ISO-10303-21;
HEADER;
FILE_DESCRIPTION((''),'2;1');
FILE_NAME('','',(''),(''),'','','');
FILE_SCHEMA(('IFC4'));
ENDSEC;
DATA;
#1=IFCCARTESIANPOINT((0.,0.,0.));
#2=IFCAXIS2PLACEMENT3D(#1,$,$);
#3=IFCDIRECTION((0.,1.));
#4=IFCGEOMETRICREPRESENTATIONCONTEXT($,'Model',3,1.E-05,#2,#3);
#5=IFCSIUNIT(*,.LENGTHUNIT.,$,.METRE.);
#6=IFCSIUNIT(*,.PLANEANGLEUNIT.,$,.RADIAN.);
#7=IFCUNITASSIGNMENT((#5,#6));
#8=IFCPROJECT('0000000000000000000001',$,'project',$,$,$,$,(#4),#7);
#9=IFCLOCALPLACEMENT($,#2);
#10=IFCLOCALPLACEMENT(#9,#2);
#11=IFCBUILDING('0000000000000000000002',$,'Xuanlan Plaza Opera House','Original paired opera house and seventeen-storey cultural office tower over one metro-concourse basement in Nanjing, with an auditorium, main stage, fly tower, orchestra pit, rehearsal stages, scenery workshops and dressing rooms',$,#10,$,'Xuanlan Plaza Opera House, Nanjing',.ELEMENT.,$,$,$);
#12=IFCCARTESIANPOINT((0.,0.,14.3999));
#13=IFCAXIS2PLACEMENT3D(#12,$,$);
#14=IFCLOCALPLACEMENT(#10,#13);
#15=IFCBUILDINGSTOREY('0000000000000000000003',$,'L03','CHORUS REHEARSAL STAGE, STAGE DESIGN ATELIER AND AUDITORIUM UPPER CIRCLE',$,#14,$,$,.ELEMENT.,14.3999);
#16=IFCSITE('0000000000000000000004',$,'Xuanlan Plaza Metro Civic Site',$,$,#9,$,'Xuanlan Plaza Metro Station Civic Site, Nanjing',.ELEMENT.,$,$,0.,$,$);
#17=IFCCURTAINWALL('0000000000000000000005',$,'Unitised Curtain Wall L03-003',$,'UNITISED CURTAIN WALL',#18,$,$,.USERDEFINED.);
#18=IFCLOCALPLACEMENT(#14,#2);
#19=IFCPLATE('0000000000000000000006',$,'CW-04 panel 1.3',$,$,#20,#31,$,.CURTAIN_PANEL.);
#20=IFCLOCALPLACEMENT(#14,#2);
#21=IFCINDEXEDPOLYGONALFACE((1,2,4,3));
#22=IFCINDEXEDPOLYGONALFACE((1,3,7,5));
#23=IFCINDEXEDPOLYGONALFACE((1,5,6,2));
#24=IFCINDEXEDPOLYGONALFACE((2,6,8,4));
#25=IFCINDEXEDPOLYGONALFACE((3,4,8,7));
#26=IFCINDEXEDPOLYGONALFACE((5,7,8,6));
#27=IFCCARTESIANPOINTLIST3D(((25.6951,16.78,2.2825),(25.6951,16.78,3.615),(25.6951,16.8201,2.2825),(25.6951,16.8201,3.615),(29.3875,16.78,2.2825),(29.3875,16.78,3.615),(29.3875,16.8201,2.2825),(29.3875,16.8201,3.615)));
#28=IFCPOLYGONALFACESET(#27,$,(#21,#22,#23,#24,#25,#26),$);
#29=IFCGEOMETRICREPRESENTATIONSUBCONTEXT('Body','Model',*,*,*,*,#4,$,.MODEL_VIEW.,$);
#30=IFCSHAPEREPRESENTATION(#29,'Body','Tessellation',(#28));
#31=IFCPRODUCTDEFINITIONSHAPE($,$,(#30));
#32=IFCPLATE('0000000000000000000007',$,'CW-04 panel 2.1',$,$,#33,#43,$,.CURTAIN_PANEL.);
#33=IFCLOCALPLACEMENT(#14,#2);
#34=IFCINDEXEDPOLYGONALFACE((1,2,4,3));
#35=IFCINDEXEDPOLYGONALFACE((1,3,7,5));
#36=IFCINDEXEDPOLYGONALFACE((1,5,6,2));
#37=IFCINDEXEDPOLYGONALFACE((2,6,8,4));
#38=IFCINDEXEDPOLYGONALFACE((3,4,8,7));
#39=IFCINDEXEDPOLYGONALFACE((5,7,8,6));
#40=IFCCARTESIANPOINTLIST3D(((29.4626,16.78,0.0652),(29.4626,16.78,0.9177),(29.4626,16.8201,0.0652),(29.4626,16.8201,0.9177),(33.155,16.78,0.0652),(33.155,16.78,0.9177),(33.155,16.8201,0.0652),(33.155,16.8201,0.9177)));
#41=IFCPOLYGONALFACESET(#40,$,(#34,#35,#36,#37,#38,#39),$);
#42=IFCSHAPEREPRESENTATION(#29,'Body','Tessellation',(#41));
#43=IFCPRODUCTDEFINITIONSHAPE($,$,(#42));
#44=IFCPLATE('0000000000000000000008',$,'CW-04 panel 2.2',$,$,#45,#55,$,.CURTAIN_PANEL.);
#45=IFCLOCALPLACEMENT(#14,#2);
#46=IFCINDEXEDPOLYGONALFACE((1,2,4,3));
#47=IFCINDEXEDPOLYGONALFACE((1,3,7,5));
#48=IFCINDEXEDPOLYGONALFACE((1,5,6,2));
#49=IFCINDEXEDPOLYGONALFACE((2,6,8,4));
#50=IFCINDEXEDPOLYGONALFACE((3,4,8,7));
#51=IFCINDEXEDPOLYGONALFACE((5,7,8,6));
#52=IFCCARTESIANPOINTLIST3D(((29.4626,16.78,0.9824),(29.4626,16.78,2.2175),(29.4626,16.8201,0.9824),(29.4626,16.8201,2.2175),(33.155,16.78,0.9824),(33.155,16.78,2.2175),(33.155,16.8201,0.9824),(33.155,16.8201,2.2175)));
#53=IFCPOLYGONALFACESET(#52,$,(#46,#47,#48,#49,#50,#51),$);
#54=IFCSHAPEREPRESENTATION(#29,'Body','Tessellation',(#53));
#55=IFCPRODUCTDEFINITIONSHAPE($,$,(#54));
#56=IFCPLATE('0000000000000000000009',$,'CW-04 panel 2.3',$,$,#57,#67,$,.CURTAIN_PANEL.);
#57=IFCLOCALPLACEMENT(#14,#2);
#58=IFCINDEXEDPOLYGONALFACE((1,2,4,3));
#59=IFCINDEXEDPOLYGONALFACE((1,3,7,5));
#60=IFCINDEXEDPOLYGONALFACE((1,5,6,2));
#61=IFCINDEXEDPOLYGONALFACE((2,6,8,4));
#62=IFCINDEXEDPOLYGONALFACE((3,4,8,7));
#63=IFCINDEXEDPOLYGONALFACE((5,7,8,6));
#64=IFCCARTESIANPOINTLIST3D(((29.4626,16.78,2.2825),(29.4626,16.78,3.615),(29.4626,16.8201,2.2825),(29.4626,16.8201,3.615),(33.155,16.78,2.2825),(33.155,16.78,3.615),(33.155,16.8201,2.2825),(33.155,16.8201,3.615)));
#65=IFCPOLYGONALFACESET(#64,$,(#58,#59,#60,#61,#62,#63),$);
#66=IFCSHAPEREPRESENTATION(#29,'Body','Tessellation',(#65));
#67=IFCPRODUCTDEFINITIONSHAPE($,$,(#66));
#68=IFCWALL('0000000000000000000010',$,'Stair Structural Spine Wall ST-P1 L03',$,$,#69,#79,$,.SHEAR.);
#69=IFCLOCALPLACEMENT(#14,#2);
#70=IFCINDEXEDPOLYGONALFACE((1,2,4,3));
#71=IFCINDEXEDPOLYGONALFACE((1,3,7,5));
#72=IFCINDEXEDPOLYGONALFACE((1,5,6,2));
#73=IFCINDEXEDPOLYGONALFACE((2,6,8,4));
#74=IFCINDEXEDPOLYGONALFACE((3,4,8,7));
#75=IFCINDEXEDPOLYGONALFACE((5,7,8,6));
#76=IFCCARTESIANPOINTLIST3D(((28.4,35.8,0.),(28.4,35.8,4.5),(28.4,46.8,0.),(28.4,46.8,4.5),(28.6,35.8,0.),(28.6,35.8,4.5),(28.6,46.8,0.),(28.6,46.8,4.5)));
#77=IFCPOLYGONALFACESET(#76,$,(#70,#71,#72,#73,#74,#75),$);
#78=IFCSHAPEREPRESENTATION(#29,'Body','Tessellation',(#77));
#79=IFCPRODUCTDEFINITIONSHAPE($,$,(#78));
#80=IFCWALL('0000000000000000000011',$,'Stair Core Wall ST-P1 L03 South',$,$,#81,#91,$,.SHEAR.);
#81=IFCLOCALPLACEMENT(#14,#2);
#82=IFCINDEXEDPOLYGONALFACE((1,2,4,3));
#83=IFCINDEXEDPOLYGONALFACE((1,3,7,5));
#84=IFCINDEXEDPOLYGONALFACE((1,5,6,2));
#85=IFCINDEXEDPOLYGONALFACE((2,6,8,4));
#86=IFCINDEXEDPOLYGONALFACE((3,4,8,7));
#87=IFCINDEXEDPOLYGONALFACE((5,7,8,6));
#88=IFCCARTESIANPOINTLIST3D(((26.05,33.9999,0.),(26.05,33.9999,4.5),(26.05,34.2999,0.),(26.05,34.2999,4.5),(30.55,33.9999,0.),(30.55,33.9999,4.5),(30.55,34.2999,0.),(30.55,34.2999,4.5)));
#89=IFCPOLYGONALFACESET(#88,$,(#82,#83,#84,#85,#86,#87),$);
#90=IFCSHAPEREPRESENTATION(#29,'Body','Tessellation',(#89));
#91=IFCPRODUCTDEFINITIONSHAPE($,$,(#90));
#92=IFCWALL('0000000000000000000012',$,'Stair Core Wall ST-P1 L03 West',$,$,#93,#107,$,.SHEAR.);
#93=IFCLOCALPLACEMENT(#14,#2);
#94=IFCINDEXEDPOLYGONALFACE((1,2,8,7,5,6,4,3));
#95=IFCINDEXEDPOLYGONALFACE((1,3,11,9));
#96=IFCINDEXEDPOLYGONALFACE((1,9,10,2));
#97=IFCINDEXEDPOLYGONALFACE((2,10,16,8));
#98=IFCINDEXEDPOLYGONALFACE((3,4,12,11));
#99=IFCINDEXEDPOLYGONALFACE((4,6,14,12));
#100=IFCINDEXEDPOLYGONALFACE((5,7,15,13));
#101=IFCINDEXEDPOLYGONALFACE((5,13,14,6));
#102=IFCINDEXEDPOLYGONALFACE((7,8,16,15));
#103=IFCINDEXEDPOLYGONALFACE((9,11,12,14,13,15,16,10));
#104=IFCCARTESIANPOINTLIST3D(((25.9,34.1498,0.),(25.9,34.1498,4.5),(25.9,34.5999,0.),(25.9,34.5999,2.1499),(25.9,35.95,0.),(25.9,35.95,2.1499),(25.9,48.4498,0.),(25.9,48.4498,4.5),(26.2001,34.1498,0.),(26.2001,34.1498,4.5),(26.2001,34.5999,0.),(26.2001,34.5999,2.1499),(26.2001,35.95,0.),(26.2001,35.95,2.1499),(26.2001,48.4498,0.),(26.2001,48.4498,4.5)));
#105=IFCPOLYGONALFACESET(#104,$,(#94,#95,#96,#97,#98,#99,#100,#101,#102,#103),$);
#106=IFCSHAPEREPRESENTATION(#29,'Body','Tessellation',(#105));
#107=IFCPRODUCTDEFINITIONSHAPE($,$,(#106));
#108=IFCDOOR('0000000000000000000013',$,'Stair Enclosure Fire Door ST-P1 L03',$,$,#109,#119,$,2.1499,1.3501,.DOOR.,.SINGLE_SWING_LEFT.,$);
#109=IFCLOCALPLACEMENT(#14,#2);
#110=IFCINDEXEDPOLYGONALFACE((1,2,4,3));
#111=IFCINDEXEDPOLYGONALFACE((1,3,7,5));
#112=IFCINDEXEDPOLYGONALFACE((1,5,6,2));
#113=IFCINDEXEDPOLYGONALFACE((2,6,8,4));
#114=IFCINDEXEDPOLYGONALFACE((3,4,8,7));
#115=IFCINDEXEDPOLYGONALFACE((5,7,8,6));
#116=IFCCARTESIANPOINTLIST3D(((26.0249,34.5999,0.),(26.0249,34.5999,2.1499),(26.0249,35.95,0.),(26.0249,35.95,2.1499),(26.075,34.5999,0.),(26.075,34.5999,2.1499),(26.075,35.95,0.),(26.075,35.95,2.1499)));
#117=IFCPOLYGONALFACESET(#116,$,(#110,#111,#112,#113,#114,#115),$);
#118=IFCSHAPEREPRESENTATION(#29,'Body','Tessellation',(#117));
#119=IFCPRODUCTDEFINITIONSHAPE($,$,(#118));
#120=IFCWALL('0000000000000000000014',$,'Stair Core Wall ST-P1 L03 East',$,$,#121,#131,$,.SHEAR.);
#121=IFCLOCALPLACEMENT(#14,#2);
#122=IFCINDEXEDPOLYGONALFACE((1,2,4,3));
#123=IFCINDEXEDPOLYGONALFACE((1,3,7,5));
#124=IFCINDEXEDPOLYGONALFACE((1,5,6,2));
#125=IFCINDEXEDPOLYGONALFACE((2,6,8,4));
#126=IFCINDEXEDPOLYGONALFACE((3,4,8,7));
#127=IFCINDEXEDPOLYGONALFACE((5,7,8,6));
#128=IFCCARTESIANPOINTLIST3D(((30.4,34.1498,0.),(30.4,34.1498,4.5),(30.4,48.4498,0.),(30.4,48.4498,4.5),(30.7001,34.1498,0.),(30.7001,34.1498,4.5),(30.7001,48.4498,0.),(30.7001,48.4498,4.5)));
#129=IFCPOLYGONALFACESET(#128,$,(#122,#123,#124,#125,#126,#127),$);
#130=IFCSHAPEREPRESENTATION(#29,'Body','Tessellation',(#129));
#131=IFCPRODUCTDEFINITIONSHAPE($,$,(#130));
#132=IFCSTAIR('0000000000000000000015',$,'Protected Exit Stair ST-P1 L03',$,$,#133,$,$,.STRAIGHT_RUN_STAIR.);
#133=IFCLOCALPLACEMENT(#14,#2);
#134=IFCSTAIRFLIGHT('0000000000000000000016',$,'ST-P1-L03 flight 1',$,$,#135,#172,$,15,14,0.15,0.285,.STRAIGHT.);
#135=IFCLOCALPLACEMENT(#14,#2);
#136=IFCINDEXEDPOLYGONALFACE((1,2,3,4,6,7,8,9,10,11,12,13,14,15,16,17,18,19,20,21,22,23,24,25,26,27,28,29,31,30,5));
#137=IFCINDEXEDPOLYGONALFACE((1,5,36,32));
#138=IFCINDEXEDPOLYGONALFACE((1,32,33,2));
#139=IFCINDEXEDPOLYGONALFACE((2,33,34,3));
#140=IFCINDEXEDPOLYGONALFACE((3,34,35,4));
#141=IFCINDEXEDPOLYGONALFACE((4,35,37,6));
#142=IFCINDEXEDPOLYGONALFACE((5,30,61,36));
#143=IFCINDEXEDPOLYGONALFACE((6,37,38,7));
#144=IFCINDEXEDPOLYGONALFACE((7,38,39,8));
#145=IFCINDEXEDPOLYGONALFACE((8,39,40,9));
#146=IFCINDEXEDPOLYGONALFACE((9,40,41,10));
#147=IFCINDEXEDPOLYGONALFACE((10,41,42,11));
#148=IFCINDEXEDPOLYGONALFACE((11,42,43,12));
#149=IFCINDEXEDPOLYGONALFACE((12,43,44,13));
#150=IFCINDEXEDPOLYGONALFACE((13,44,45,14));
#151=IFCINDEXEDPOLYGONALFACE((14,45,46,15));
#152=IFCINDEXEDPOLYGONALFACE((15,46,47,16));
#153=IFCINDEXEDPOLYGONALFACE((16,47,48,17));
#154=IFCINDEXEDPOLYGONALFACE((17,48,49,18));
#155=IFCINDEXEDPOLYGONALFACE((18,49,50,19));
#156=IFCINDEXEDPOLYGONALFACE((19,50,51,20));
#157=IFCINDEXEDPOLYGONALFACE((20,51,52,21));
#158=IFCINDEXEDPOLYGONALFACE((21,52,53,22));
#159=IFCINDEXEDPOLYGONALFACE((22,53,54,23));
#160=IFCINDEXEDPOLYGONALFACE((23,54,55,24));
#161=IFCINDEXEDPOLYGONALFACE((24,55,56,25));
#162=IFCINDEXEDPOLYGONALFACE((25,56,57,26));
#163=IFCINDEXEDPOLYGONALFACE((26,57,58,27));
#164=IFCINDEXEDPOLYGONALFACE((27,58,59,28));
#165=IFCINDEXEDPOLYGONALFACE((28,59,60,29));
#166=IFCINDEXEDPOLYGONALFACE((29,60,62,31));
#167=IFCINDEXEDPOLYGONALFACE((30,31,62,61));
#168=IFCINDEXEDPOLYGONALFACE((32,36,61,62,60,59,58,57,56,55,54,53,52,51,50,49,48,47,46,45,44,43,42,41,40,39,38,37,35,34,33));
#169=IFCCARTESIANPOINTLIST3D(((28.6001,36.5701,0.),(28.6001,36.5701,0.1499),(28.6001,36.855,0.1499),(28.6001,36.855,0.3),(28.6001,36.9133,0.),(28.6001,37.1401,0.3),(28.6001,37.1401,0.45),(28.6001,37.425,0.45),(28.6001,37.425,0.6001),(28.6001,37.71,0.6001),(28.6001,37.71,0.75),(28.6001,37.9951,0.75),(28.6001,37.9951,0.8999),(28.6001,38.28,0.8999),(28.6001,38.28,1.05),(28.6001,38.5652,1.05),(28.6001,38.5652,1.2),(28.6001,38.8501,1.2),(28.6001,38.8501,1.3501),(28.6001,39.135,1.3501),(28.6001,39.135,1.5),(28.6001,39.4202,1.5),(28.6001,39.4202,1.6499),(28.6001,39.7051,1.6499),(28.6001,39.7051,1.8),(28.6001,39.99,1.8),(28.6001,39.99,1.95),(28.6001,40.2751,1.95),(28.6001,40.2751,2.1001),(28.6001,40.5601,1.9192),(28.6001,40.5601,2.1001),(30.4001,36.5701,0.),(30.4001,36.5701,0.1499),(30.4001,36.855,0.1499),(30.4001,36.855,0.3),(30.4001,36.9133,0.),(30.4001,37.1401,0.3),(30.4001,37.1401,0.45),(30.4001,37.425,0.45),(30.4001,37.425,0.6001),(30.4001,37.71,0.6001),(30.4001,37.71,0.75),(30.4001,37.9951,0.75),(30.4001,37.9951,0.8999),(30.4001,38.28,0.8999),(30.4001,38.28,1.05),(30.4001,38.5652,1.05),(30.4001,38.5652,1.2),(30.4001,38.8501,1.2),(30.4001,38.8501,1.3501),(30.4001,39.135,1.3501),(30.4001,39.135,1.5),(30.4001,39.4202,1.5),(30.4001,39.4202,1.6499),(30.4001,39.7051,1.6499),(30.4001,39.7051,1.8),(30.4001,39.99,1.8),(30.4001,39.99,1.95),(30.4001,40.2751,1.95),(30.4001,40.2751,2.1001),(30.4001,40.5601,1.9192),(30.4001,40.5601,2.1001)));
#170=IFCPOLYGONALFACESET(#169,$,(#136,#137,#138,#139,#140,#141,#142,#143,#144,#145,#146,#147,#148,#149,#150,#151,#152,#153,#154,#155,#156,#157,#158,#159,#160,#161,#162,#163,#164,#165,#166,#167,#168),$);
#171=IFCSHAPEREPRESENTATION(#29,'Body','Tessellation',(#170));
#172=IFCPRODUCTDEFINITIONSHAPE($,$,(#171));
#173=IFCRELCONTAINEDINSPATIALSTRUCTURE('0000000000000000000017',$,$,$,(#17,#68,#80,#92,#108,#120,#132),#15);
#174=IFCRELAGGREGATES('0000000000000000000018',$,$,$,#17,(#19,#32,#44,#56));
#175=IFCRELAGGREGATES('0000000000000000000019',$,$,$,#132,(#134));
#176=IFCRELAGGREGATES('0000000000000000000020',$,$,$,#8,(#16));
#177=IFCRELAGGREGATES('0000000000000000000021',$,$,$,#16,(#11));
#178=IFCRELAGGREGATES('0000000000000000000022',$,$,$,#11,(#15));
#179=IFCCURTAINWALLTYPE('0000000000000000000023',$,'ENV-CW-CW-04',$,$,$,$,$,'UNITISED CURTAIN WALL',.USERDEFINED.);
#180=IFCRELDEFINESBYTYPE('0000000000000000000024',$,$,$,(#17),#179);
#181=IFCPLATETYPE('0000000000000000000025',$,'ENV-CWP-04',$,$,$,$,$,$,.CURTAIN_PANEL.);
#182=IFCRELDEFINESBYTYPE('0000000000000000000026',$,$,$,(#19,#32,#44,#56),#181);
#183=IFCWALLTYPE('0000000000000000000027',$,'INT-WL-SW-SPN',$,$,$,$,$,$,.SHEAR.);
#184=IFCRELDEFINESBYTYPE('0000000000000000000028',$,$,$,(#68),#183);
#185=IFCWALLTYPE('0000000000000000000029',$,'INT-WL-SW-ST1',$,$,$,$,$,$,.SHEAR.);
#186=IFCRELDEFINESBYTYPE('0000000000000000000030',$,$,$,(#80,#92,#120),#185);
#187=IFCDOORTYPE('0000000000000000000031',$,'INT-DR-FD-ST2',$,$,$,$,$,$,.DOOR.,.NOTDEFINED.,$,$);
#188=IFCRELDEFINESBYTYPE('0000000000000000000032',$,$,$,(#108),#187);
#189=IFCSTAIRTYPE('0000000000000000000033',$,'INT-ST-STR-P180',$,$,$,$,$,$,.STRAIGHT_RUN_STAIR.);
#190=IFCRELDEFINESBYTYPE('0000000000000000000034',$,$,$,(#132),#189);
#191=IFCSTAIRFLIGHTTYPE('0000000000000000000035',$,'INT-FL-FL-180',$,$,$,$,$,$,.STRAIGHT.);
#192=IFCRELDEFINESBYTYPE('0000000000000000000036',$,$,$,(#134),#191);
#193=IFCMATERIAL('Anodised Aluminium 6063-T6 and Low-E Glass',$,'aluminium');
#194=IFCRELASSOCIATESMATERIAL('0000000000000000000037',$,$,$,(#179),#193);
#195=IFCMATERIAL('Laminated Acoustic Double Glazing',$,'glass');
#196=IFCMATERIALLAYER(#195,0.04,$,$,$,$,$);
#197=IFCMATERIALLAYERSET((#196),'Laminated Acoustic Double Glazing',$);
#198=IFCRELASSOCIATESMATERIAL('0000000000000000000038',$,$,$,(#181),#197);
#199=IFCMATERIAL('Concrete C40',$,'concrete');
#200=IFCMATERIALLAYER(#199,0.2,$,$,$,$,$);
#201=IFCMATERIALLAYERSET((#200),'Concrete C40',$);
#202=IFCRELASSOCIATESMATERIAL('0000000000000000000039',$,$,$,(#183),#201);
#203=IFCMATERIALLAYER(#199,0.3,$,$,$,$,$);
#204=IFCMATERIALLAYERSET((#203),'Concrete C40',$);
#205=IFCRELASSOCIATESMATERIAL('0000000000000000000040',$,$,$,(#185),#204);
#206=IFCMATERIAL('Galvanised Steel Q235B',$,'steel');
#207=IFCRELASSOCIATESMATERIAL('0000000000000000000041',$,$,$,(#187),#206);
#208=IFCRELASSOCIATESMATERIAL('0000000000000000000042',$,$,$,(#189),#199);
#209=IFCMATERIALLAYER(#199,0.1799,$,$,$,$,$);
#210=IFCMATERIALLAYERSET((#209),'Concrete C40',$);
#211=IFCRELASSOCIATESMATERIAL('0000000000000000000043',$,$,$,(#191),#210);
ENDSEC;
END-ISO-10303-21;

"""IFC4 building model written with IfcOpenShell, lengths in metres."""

from ifc_helpers import new_model, si_unit, direction, frame, frame_2d, origin, origin_2d, place, context, subcontext, project, spatial, polyline, rectangle, outline, extrude, material, layer, layer_set, type_object, element, fill, aggregate, save


model = new_model("IFC4")

# Units and contexts
model_context = context("Model", 3, precision=1e-05, world=origin(), true_north=direction((0.0, 1.0)))
body_context = subcontext(model_context, "Body", "Model", "MODEL_VIEW")
ifc_project = project(units=[si_unit("LENGTHUNIT", "METRE"), si_unit("PLANEANGLEUNIT", "RADIAN")], contexts=[model_context])

# Site, building, storey
site_placement = place(None, origin())
site = spatial("IfcSite", under=ifc_project, at=site_placement, Name="Xuanlan Plaza Metro Civic Site", LongName="Xuanlan Plaza Metro Station Civic Site, Nanjing", CompositionType="ELEMENT", RefElevation=0.0)
building_placement = place(site_placement, origin())
building = spatial("IfcBuilding", under=site, at=building_placement, Name="Xuanlan Plaza Opera House", Description="Original paired opera house and seventeen-storey cultural office tower over one metro-concourse basement in Nanjing, with an auditorium, main stage, fly tower, orchestra pit, rehearsal stages, scenery workshops and dressing rooms", LongName="Xuanlan Plaza Opera House, Nanjing", CompositionType="ELEMENT")
storey_placement = place(building_placement, frame((0.0, 0.0, 14.3999)))
storey = spatial("IfcBuildingStorey", under=building, at=storey_placement, Name="L03", Description="CHORUS REHEARSAL STAGE, STAGE DESIGN ATELIER AND AUDITORIUM UPPER CIRCLE", CompositionType="ELEMENT", Elevation=14.3999)

# Shared definitions
ifc_material_1 = material(Name="Concrete C40", Category="concrete")

# Curtain wall
ifc_material_2 = material(Name="Anodised Aluminium 6063-T6 and Low-E Glass", Category="aluminium")
curtain_wall_type = type_object("IfcCurtainWallType", Name="ENV-CW-CW-04", ElementType="UNITISED CURTAIN WALL", PredefinedType="USERDEFINED", material=ifc_material_2)
curtain_wall_placement = place(storey_placement, origin())
curtain_wall = element("IfcCurtainWall", 1, at=curtain_wall_placement, inside=storey, type_object=curtain_wall_type, Name="Unitised Curtain Wall L03-003", ObjectType="UNITISED CURTAIN WALL", PredefinedType="USERDEFINED")

# Plates
ifc_material_3 = material(Name="Laminated Acoustic Double Glazing", Category="glass")
ifc_layer_1 = layer(ifc_material_3, 0.04)
ifc_layer_set_1 = layer_set([ifc_layer_1], Name="Laminated Acoustic Double Glazing")
plate_type = type_object("IfcPlateType", Name="ENV-CWP-04", PredefinedType="CURTAIN_PANEL", material=ifc_layer_set_1)
plate_1_placement = place(storey_placement, frame((27.5413, 16.8, 2.2825), z_axis=(0.0, 0.0, 1.0), x_axis=(1.0, 0.0, 0.0)))
plate_1 = element("IfcPlate", 2, at=plate_1_placement, type_object=plate_type, Name="CW-04 panel 1.3", PredefinedType="CURTAIN_PANEL", context=body_context, shape_type="SweptSolid", body=[
    extrude(rectangle(XDim=3.6924, YDim=0.04, at=origin_2d()), origin(), (0.0, 0.0, 1.0), 1.3325),
])
plate_2_placement = place(storey_placement, frame((31.3088, 16.8, 0.0652), z_axis=(0.0, 0.0, 1.0), x_axis=(1.0, 0.0, 0.0)))
plate_2 = element("IfcPlate", 3, at=plate_2_placement, type_object=plate_type, Name="CW-04 panel 2.1", PredefinedType="CURTAIN_PANEL", context=body_context, shape_type="SweptSolid", body=[
    extrude(rectangle(XDim=3.6924, YDim=0.04, at=origin_2d()), origin(), (0.0, 0.0, 1.0), 0.8525),
])
plate_3_placement = place(storey_placement, frame((31.3088, 16.8, 0.9824), z_axis=(0.0, 0.0, 1.0), x_axis=(1.0, 0.0, 0.0)))
plate_3 = element("IfcPlate", 4, at=plate_3_placement, type_object=plate_type, Name="CW-04 panel 2.2", PredefinedType="CURTAIN_PANEL", context=body_context, shape_type="SweptSolid", body=[
    extrude(rectangle(XDim=3.6924, YDim=0.04, at=origin_2d()), origin(), (0.0, 0.0, 1.0), 1.2351),
])
plate_4_placement = place(storey_placement, frame((31.3088, 16.8, 2.2825), z_axis=(0.0, 0.0, 1.0), x_axis=(1.0, 0.0, 0.0)))
plate_4 = element("IfcPlate", 5, at=plate_4_placement, type_object=plate_type, Name="CW-04 panel 2.3", PredefinedType="CURTAIN_PANEL", context=body_context, shape_type="SweptSolid", body=[
    extrude(rectangle(XDim=3.6924, YDim=0.04, at=origin_2d()), origin(), (0.0, 0.0, 1.0), 1.3325),
])
aggregate(curtain_wall, [plate_1, plate_2, plate_3, plate_4])

# Walls
ifc_layer_2 = layer(ifc_material_1, 0.2)
ifc_layer_set_2 = layer_set([ifc_layer_2], Name="Concrete C40")
wall_type_1 = type_object("IfcWallType", Name="INT-WL-SW-SPN", PredefinedType="SHEAR", material=ifc_layer_set_2)
wall_1_placement = place(storey_placement, frame((28.5, 35.8, 0.0), z_axis=(0.0, 0.0, 1.0), x_axis=(0.0, 1.0, 0.0)))
element("IfcWall", 6, at=wall_1_placement, inside=storey, type_object=wall_type_1, Name="Stair Structural Spine Wall ST-P1 L03", PredefinedType="SHEAR", context=body_context, shape_type="SweptSolid", body=[
    extrude(rectangle(XDim=11.0, YDim=0.2, at=frame_2d((5.5, 0.0))), origin(), (0.0, 0.0, 1.0), 4.5),
])
ifc_layer_3 = layer(ifc_material_1, 0.3)
ifc_layer_set_3 = layer_set([ifc_layer_3], Name="Concrete C40")
wall_type_2 = type_object("IfcWallType", Name="INT-WL-SW-ST1", PredefinedType="SHEAR", material=ifc_layer_set_3)
wall_2_placement = place(storey_placement, frame((26.05, 34.1499, 0.0), z_axis=(0.0, 0.0, 1.0), x_axis=(1.0, 0.0, 0.0)))
element("IfcWall", 7, at=wall_2_placement, inside=storey, type_object=wall_type_2, Name="Stair Core Wall ST-P1 L03 South", PredefinedType="SHEAR", context=body_context, shape_type="SweptSolid", body=[
    extrude(rectangle(XDim=4.5, YDim=0.3, at=frame_2d((2.25, 0.0))), origin(), (0.0, 0.0, 1.0), 4.5),
])

# Wall, opening, door
wall_3_placement = place(storey_placement, frame((26.05, 34.1499, 0.0), z_axis=(0.0, 0.0, 1.0), x_axis=(0.0, 1.0, 0.0)))
wall_3 = element("IfcWall", 8, at=wall_3_placement, inside=storey, type_object=wall_type_2, Name="Stair Core Wall ST-P1 L03 West", PredefinedType="SHEAR", context=body_context, shape_type="SweptSolid", body=[
    extrude(rectangle(XDim=14.3, YDim=0.3, at=frame_2d((7.1499, 0.0))), origin(), (0.0, 0.0, 1.0), 4.5),
])
opening_placement = place(wall_3_placement, frame((0.45, 0.0, 0.0)))
opening = element("IfcOpeningElement", 9, at=opening_placement, cuts=wall_3, PredefinedType="OPENING", context=body_context, shape_type="SweptSolid", body=[
    extrude(rectangle(XDim=1.3501, YDim=2.1499, at=frame_2d((0.675, 1.075))), frame((0.0, 0.1599, 0.0), z_axis=(0.0, -1.0, 0.0), x_axis=(1.0, 0.0, 0.0)), (0.0, 0.0, 1.0), 0.3201),
])
ifc_material_4 = material(Name="Galvanised Steel Q235B", Category="steel")
door_type = type_object("IfcDoorType", Name="INT-DR-FD-ST2", OperationType="NOTDEFINED", PredefinedType="DOOR", material=ifc_material_4)
door_placement = place(opening_placement, frame((1.3501, 0.0, 0.0), z_axis=(0.0, 0.0, 1.0), x_axis=(-1.0, 0.0, 0.0)))
door = element("IfcDoor", 10, at=door_placement, inside=storey, type_object=door_type, Name="Stair Enclosure Fire Door ST-P1 L03", OperationType="SINGLE_SWING_LEFT", OverallHeight=2.1499, OverallWidth=1.3501, PredefinedType="DOOR", context=body_context, shape_type="SweptSolid", body=[
    extrude(rectangle(XDim=1.3501, YDim=2.1499, at=frame_2d((0.675, 1.075))), frame((0.0, 0.0249, 0.0), z_axis=(0.0, -1.0, 0.0), x_axis=(1.0, 0.0, 0.0)), (0.0, 0.0, 1.0), 0.05),
])
fill(opening, door)

# Wall
wall_4_placement = place(storey_placement, frame((30.55, 34.1499, 0.0), z_axis=(0.0, 0.0, 1.0), x_axis=(0.0, 1.0, 0.0)))
element("IfcWall", 11, at=wall_4_placement, inside=storey, type_object=wall_type_2, Name="Stair Core Wall ST-P1 L03 East", PredefinedType="SHEAR", context=body_context, shape_type="SweptSolid", body=[
    extrude(rectangle(XDim=14.3, YDim=0.3, at=frame_2d((7.1499, 0.0))), origin(), (0.0, 0.0, 1.0), 4.5),
])

# Stair, stair flight
stair_type = type_object("IfcStairType", Name="INT-ST-STR-P180", PredefinedType="STRAIGHT_RUN_STAIR", material=ifc_material_1)
stair_placement = place(storey_placement, origin())
stair = element("IfcStair", 12, at=stair_placement, inside=storey, type_object=stair_type, Name="Protected Exit Stair ST-P1 L03", PredefinedType="STRAIGHT_RUN_STAIR")
ifc_layer_4 = layer(ifc_material_1, 0.1799)
ifc_layer_set_4 = layer_set([ifc_layer_4], Name="Concrete C40")
stair_flight_type = type_object("IfcStairFlightType", Name="INT-FL-FL-180", PredefinedType="STRAIGHT", material=ifc_layer_set_4)
stair_flight_placement = place(storey_placement, frame((29.5, 36.5701, 0.0), z_axis=(0.0, 0.0, 1.0), x_axis=(0.0, 1.0, 0.0)))
stair_flight = element("IfcStairFlight", 13, at=stair_flight_placement, type_object=stair_flight_type, Name="ST-P1-L03 flight 1", NumberOfRisers=15, NumberOfTreads=14, PredefinedType="STRAIGHT", RiserHeight=0.15, TreadLength=0.285, context=body_context, shape_type="SweptSolid", body=[
    extrude(outline(polyline([(0.0, 0.0), (0.0, 0.1499), (0.2849, 0.1499), (0.2849, 0.3), (0.5701, 0.3), (0.5701, 0.45), (0.855, 0.45), (0.855, 0.6001), (1.1399, 0.6001), (1.1399, 0.75), (1.425, 0.75), (1.425, 0.8999), (1.71, 0.8999), (1.71, 1.05), (1.9951, 1.05), (1.9951, 1.2), (2.28, 1.2), (2.28, 1.3501), (2.5649, 1.3501), (2.5649, 1.5), (2.8501, 1.5), (2.8501, 1.6499), (3.135, 1.6499), (3.135, 1.8), (3.4199, 1.8), (3.4199, 1.95), (3.7051, 1.95), (3.7051, 2.1001), (3.99, 2.1001), (3.99, 2.25), (3.99, 1.9192), (0.3433, 0.0), (0.0, 0.0)])), frame((0.0, 0.8999, 0.0), z_axis=(0.0, -1.0, 0.0), x_axis=(1.0, 0.0, 0.0)), (0.0, 0.0, 1.0), 1.8),
])
aggregate(stair, [stair_flight])

save(model, "model.ifc")
